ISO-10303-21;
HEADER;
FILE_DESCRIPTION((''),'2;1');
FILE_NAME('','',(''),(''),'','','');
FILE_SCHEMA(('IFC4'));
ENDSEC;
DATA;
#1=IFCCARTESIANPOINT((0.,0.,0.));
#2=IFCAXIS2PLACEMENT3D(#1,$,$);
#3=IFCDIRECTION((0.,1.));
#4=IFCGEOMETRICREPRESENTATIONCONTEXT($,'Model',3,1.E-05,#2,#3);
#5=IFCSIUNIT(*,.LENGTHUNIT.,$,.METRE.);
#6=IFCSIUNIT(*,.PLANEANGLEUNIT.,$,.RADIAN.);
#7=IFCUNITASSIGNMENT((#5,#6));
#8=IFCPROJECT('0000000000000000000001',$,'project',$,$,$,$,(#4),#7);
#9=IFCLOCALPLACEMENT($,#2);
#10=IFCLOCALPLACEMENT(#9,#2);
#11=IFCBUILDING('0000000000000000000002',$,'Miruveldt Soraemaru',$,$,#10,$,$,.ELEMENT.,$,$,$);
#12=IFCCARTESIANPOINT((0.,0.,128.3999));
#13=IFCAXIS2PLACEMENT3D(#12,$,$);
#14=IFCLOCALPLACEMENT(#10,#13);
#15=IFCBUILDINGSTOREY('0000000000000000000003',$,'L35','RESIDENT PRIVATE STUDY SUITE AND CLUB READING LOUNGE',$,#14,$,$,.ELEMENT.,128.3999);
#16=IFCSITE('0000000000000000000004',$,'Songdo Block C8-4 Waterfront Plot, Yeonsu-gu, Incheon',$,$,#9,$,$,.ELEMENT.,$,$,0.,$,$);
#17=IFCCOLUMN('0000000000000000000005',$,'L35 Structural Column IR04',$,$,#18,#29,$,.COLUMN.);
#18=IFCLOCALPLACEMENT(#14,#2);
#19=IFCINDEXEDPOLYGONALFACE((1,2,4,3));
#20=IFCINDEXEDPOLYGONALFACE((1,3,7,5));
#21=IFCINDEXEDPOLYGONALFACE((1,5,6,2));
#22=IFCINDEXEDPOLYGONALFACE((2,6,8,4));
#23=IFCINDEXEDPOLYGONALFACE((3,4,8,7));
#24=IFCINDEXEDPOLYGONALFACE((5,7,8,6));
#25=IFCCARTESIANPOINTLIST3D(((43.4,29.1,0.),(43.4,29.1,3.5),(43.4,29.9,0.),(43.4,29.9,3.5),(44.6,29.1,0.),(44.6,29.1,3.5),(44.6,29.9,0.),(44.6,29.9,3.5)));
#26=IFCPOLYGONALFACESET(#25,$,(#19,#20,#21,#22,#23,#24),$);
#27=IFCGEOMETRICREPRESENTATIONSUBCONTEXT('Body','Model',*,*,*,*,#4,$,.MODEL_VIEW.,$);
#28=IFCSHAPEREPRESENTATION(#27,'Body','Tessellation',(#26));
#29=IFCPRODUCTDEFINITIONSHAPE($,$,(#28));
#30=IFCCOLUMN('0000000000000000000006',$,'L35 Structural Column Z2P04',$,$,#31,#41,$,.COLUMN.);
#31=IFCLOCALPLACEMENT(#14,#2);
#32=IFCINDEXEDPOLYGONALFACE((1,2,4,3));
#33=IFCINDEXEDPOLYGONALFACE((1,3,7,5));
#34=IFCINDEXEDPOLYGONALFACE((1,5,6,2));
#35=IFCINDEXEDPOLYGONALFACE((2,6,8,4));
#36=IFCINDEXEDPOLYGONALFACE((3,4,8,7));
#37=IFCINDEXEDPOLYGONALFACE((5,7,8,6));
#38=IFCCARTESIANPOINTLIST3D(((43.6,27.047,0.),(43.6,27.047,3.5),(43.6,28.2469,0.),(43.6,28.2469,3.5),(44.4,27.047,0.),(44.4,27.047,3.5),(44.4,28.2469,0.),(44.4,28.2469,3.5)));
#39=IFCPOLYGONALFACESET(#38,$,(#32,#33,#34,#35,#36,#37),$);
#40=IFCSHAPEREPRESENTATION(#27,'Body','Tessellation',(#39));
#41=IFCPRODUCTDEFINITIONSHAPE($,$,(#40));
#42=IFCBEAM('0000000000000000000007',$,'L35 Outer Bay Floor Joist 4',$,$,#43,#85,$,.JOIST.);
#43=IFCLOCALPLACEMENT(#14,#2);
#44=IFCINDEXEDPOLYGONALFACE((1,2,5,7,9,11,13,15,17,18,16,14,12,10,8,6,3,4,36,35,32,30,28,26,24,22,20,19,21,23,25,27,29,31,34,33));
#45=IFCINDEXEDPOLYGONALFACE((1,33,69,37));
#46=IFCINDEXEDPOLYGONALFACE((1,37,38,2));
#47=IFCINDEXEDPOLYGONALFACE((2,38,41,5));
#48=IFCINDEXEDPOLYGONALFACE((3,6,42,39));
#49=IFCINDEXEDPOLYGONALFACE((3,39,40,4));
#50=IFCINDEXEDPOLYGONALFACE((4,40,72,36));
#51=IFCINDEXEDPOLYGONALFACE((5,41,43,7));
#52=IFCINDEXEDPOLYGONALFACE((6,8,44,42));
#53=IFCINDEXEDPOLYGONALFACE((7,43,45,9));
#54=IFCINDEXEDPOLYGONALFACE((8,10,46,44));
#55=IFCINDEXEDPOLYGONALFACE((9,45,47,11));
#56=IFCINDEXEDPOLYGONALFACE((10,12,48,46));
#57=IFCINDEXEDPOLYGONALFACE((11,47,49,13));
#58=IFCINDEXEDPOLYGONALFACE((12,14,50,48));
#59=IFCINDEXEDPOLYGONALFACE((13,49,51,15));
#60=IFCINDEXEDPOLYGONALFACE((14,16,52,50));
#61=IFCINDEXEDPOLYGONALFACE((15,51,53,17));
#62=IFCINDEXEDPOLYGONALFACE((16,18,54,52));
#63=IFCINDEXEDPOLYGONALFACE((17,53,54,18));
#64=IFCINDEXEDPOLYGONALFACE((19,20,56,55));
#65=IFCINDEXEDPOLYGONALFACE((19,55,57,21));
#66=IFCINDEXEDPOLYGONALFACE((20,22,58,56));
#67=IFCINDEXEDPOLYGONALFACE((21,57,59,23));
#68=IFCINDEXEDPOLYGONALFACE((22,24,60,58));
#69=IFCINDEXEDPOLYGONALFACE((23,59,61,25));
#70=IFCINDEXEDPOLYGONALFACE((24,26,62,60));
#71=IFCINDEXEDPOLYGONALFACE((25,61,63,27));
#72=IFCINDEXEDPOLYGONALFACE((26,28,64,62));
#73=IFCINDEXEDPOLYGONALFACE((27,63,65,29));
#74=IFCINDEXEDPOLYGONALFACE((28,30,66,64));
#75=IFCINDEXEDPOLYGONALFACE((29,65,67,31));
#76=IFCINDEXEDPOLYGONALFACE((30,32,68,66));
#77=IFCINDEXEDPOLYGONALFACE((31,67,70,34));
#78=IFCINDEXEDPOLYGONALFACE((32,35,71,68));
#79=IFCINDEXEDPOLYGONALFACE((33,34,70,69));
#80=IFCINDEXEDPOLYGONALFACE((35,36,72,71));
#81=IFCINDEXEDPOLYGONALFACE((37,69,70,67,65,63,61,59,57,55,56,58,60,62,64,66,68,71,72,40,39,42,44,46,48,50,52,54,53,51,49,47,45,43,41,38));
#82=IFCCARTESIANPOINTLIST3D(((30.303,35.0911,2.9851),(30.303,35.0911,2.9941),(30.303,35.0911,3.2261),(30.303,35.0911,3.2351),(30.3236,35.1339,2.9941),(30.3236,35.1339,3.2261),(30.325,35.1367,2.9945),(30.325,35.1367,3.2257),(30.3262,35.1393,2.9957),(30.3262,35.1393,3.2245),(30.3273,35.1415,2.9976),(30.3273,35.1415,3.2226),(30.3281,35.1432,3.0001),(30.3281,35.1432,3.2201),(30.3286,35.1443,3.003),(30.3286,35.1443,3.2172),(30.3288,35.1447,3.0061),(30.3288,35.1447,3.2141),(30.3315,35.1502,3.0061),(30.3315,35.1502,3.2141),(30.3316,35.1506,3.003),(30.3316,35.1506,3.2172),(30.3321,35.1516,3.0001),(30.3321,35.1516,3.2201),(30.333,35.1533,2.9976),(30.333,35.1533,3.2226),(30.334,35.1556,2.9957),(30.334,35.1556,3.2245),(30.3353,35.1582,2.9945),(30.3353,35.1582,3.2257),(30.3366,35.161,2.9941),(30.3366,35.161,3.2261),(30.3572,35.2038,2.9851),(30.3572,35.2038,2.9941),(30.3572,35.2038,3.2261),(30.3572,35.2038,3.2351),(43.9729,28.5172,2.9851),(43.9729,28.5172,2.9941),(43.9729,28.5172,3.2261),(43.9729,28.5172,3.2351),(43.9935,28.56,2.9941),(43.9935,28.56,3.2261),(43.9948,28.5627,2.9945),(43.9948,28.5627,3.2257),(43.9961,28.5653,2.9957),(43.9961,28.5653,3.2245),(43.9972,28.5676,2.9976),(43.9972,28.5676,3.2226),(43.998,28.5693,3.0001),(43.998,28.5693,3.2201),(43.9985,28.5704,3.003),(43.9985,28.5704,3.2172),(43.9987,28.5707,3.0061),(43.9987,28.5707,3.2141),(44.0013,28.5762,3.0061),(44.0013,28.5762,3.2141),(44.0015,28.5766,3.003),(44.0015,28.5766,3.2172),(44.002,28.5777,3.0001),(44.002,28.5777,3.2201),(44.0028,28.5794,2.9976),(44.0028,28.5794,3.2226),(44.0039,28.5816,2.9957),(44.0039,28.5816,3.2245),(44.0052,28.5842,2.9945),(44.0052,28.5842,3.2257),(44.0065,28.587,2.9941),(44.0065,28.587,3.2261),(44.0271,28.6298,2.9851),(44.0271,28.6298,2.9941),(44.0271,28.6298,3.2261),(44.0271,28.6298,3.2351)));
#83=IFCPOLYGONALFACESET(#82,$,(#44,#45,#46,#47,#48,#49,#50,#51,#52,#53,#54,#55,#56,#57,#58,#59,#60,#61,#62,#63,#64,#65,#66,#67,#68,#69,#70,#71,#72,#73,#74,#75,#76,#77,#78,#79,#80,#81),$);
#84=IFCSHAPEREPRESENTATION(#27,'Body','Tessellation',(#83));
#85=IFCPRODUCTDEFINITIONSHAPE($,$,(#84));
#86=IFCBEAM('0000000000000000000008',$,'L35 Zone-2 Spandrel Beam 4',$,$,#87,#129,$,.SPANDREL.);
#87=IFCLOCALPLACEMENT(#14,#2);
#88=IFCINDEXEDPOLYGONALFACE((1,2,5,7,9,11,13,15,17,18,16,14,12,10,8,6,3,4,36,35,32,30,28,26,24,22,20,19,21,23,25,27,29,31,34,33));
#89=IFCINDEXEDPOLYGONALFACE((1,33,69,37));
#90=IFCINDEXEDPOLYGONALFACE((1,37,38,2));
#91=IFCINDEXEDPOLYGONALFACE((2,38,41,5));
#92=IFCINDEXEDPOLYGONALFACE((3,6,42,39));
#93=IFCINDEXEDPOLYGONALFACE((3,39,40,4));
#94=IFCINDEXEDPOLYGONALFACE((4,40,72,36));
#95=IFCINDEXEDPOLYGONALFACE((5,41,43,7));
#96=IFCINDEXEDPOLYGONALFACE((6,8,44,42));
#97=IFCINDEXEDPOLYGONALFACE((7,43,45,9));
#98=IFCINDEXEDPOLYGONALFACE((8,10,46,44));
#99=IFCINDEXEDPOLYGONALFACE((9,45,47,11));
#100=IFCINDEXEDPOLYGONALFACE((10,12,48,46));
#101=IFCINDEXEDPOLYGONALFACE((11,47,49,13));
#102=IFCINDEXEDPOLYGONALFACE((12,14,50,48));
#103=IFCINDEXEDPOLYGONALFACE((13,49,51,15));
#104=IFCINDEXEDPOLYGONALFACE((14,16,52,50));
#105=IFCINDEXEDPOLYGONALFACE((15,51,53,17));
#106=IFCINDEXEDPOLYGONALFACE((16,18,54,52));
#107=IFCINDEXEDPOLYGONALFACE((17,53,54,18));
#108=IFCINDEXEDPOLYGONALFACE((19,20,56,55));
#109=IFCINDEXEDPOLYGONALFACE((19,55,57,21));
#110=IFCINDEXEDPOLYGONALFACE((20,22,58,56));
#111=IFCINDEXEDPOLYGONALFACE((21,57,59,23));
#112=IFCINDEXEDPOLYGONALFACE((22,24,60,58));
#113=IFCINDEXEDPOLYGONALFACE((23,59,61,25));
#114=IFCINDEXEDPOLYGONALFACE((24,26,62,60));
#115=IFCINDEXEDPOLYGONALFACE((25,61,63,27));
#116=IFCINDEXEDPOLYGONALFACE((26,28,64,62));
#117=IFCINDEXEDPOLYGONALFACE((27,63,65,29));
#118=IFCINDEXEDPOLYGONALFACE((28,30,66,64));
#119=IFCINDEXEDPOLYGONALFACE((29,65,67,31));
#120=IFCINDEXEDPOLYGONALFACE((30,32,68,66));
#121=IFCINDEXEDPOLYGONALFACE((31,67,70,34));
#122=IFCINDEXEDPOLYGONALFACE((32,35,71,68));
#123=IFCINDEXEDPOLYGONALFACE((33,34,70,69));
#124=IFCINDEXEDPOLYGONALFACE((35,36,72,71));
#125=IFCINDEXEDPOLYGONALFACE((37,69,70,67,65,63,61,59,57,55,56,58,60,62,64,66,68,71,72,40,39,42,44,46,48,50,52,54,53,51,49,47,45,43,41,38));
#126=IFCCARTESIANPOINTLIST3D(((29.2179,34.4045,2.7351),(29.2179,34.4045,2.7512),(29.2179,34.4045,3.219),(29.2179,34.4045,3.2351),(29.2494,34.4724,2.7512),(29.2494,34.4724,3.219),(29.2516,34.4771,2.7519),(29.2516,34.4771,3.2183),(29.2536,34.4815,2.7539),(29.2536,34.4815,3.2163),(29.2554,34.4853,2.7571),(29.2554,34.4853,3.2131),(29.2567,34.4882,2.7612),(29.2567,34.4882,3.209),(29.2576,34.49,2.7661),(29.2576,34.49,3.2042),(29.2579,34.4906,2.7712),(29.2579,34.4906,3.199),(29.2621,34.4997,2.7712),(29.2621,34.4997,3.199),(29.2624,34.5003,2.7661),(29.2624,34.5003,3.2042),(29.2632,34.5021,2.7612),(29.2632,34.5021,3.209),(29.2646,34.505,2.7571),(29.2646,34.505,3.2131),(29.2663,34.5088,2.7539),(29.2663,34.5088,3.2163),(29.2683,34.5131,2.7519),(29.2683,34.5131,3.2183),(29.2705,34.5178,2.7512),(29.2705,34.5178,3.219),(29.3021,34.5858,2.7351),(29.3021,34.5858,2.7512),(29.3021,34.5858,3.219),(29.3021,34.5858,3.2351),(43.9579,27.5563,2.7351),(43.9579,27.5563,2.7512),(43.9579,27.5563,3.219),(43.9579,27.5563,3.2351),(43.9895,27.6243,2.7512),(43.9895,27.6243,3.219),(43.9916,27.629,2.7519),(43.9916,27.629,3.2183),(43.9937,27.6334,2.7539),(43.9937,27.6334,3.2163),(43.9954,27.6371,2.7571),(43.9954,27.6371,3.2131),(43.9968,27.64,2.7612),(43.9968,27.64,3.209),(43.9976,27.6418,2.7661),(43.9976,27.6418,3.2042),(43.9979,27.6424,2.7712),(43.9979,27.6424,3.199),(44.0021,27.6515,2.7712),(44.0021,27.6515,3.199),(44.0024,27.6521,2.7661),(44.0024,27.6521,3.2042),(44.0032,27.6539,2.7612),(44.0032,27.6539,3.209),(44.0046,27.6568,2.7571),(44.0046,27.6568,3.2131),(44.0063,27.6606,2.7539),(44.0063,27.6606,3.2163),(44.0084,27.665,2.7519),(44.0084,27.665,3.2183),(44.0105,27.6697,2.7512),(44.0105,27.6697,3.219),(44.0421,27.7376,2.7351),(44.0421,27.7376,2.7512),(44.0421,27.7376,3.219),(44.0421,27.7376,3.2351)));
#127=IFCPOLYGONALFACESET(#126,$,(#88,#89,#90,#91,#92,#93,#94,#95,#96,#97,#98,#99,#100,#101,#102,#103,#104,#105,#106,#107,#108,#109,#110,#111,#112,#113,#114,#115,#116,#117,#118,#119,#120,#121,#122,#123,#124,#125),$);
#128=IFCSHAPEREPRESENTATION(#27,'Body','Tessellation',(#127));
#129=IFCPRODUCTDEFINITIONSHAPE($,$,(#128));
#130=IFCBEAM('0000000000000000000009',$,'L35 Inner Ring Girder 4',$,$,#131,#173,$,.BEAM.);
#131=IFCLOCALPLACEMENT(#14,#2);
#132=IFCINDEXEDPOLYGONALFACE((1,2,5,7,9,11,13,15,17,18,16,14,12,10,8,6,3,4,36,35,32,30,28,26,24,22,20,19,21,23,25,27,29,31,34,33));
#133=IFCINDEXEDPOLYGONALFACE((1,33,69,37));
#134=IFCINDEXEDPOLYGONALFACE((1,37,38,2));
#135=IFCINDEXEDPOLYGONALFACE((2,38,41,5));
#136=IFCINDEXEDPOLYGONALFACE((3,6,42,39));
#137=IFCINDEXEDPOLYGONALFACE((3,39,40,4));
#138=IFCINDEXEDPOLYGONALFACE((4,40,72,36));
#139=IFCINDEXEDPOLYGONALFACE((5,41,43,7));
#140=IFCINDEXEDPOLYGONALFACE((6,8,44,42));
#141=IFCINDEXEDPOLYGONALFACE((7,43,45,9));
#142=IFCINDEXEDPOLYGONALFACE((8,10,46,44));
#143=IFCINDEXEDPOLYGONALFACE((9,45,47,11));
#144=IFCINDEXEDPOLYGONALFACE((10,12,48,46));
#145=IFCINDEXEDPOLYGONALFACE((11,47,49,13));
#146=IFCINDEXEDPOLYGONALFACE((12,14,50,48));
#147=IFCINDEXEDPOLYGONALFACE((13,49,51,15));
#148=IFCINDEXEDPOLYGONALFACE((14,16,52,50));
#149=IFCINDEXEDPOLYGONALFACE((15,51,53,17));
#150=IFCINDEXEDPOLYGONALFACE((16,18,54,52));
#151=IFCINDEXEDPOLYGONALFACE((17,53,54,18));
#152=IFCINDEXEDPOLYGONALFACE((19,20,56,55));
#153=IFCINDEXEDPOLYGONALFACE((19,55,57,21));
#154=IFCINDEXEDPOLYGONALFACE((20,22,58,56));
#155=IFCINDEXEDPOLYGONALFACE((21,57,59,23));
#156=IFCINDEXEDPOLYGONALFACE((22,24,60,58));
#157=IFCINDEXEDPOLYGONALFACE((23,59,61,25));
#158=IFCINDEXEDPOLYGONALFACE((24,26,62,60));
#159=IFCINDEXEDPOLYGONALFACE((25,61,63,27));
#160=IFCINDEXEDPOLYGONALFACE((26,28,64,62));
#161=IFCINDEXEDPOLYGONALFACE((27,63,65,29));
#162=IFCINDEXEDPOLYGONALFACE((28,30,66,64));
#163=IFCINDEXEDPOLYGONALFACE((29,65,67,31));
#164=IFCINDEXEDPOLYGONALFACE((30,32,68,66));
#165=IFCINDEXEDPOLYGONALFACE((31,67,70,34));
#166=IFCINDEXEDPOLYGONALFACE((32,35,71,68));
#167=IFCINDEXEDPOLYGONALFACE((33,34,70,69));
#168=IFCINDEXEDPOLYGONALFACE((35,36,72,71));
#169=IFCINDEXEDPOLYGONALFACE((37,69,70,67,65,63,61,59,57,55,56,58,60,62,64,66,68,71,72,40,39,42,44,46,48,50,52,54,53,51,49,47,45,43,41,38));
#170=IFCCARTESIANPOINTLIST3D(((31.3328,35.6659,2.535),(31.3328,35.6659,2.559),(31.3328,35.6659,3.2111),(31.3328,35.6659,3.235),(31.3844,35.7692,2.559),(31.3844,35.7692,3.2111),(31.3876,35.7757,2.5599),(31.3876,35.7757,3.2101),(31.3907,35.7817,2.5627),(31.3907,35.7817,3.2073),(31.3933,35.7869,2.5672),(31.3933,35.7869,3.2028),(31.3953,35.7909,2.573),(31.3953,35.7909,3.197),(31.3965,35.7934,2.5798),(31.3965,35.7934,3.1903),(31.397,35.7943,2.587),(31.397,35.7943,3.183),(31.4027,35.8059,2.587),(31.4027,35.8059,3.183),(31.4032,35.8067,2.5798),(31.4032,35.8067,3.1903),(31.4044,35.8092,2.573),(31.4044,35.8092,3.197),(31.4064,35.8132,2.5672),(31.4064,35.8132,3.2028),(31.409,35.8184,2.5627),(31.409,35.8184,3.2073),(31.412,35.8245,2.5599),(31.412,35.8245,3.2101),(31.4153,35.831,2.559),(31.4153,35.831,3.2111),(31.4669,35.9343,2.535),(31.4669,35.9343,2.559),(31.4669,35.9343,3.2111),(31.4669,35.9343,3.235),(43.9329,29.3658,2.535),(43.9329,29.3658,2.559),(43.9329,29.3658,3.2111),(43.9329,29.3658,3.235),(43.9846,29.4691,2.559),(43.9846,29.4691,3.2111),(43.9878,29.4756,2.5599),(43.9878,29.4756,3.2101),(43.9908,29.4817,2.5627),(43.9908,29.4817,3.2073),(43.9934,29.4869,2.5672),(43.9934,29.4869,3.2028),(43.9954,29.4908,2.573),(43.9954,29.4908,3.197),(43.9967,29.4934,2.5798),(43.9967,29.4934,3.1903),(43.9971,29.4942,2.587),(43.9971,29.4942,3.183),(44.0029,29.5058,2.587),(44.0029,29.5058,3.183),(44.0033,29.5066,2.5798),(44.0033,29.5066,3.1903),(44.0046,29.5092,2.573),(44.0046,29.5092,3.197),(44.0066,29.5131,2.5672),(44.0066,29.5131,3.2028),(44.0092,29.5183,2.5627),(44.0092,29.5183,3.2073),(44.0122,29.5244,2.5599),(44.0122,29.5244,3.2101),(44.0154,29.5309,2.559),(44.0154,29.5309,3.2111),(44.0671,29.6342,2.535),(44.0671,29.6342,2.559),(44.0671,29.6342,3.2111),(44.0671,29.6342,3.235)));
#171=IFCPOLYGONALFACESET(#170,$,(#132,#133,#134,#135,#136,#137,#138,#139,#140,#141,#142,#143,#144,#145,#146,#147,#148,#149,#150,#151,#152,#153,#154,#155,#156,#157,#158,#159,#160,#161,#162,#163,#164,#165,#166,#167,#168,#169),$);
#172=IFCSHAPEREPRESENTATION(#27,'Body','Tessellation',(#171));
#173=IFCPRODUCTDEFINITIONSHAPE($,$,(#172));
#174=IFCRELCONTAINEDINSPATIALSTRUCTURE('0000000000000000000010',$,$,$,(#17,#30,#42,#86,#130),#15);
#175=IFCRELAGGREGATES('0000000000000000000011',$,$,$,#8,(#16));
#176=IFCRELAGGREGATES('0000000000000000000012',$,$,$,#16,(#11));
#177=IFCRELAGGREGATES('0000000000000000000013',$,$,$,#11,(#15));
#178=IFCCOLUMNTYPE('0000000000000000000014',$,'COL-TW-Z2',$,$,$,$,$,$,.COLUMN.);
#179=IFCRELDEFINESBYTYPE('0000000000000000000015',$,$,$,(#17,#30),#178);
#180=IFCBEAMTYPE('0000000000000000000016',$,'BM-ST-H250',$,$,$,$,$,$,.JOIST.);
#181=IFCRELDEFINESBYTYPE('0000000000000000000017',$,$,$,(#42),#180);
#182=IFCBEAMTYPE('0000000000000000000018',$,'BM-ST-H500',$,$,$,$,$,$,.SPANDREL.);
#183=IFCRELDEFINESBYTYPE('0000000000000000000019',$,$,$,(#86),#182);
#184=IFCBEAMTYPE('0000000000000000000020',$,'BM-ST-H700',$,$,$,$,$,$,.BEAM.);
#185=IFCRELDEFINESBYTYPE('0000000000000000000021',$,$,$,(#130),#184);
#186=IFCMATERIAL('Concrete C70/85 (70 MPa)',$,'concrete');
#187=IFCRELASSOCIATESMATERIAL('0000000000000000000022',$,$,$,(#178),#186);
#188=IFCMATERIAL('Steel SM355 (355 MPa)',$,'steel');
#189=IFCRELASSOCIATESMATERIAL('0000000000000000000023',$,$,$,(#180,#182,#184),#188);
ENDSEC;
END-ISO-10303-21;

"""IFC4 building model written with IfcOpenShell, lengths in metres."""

from ifc_helpers import new_model, si_unit, direction, frame, origin, origin_2d, place, context, subcontext, project, spatial, rectangle, i_section, extrude, material, material_profile, profile_set, type_object, element, save


model = new_model("IFC4")

# Units and contexts
model_context = context("Model", 3, precision=1e-05, world=origin(), true_north=direction((0.0, 1.0)))
body_context = subcontext(model_context, "Body", "Model", "MODEL_VIEW")
ifc_project = project(units=[si_unit("LENGTHUNIT", "METRE"), si_unit("PLANEANGLEUNIT", "RADIAN")], contexts=[model_context])

# Site, building, storey
site_placement = place(None, origin())
site = spatial("IfcSite", under=ifc_project, at=site_placement, Name="Songdo Block C8-4 Waterfront Plot, Yeonsu-gu, Incheon", CompositionType="ELEMENT", RefElevation=0.0)
building_placement = place(site_placement, origin())
building = spatial("IfcBuilding", under=site, at=building_placement, Name="Miruveldt Soraemaru", CompositionType="ELEMENT")
storey_placement = place(building_placement, frame((0.0, 0.0, 128.3999)))
storey = spatial("IfcBuildingStorey", under=building, at=storey_placement, Name="L35", Description="RESIDENT PRIVATE STUDY SUITE AND CLUB READING LOUNGE", CompositionType="ELEMENT", Elevation=128.3999)

# Columns
ifc_material_1 = material(Name="Concrete C70/85 (70 MPa)", Category="concrete")
ifc_material_profile_1 = material_profile(ifc_material_1, rectangle(XDim=1.2, YDim=0.8, at=origin_2d()), Name="Concrete C70/85 (70 MPa)", Category="concrete")
ifc_profile_set_1 = profile_set([ifc_material_profile_1], Name="Concrete C70/85 (70 MPa)")
column_type = type_object("IfcColumnType", Name="COL-TW-Z2", PredefinedType="COLUMN", material=ifc_profile_set_1)
for number, where, z_axis, x_axis, name in (
    (1, (44.0, 29.5, 0.0), (0.0, 0.0, 1.0), (1.0, 0.0, 0.0), "L35 Structural Column IR04"),
    (2, (44.0, 27.647, 0.0), (0.0, 0.0, 1.0), (0.0, 1.0, 0.0), "L35 Structural Column Z2P04"),
):
    element("IfcColumn", number, at=place(storey_placement, frame(where, z_axis=z_axis, x_axis=x_axis)), inside=storey, type_object=column_type, Name=name, PredefinedType="COLUMN", context=body_context, shape_type="SweptSolid", body=[
        extrude(rectangle(XDim=1.2, YDim=0.8, at=origin_2d()), origin(), (0.0, 0.0, 1.0), 3.5),
    ])

# Beams
ifc_material_2 = material(Name="Steel SM355 (355 MPa)", Category="steel")
ifc_material_profile_2 = material_profile(ifc_material_2, i_section(OverallWidth=0.125, OverallDepth=0.25, WebThickness=0.0061, FlangeThickness=0.009, FilletRadius=0.012, at=origin_2d()), Name="Steel SM355 (355 MPa)", Category="steel")
ifc_profile_set_2 = profile_set([ifc_material_profile_2], Name="Steel SM355 (355 MPa)")
beam_type_1 = type_object("IfcBeamType", Name="BM-ST-H250", PredefinedType="JOIST", material=ifc_profile_set_2)
beam_1_placement = place(storey_placement, frame((44.0, 28.5735, 3.1101), z_axis=(-0.901204, 0.433396, 0.0), x_axis=(-0.433396, -0.901204, 0.0)))
element("IfcBeam", 3, at=beam_1_placement, inside=storey, type_object=beam_type_1, Name="L35 Outer Bay Floor Joist 4", PredefinedType="JOIST", context=body_context, shape_type="SweptSolid", body=[
    extrude(i_section(OverallWidth=0.125, OverallDepth=0.25, WebThickness=0.0061, FlangeThickness=0.009, FilletRadius=0.012, at=origin_2d()), origin(), (0.0, 0.0, 1.0), 15.1685),
])
ifc_material_profile_3 = material_profile(ifc_material_2, i_section(OverallWidth=0.2, OverallDepth=0.5, WebThickness=0.01, FlangeThickness=0.0161, FilletRadius=0.02, at=origin_2d()), Name="Steel SM355 (355 MPa)", Category="steel")
ifc_profile_set_3 = profile_set([ifc_material_profile_3], Name="Steel SM355 (355 MPa)")
beam_type_2 = type_object("IfcBeamType", Name="BM-ST-H500", PredefinedType="SPANDREL", material=ifc_profile_set_3)
beam_2_placement = place(storey_placement, frame((44.0, 27.647, 2.9851), z_axis=(-0.906901, 0.421343, 0.0), x_axis=(-0.421343, -0.906901, 0.0)))
element("IfcBeam", 4, at=beam_2_placement, inside=storey, type_object=beam_type_2, Name="L35 Zone-2 Spandrel Beam 4", PredefinedType="SPANDREL", context=body_context, shape_type="SweptSolid", body=[
    extrude(i_section(OverallWidth=0.2, OverallDepth=0.5, WebThickness=0.01, FlangeThickness=0.0161, FilletRadius=0.02, at=origin_2d()), origin(), (0.0, 0.0, 1.0), 16.2532),
])
ifc_material_profile_4 = material_profile(ifc_material_2, i_section(OverallWidth=0.3, OverallDepth=0.7, WebThickness=0.0129, FlangeThickness=0.0239, FilletRadius=0.0281, at=origin_2d()), Name="Steel SM355 (355 MPa)", Category="steel")
ifc_profile_set_4 = profile_set([ifc_material_profile_4], Name="Steel SM355 (355 MPa)")
beam_type_3 = type_object("IfcBeamType", Name="BM-ST-H700", PredefinedType="BEAM", material=ifc_profile_set_4)
beam_3_placement = place(storey_placement, frame((44.0, 29.5, 2.885), z_axis=(-0.894427, 0.447214, 0.0), x_axis=(-0.447214, -0.894427, 0.0)))
element("IfcBeam", 5, at=beam_3_placement, inside=storey, type_object=beam_type_3, Name="L35 Inner Ring Girder 4", PredefinedType="BEAM", context=body_context, shape_type="SweptSolid", body=[
    extrude(i_section(OverallWidth=0.3, OverallDepth=0.7, WebThickness=0.0129, FlangeThickness=0.0239, FilletRadius=0.0281, at=origin_2d()), origin(), (0.0, 0.0, 1.0), 14.0874),
])

save(model, "model.ifc")
